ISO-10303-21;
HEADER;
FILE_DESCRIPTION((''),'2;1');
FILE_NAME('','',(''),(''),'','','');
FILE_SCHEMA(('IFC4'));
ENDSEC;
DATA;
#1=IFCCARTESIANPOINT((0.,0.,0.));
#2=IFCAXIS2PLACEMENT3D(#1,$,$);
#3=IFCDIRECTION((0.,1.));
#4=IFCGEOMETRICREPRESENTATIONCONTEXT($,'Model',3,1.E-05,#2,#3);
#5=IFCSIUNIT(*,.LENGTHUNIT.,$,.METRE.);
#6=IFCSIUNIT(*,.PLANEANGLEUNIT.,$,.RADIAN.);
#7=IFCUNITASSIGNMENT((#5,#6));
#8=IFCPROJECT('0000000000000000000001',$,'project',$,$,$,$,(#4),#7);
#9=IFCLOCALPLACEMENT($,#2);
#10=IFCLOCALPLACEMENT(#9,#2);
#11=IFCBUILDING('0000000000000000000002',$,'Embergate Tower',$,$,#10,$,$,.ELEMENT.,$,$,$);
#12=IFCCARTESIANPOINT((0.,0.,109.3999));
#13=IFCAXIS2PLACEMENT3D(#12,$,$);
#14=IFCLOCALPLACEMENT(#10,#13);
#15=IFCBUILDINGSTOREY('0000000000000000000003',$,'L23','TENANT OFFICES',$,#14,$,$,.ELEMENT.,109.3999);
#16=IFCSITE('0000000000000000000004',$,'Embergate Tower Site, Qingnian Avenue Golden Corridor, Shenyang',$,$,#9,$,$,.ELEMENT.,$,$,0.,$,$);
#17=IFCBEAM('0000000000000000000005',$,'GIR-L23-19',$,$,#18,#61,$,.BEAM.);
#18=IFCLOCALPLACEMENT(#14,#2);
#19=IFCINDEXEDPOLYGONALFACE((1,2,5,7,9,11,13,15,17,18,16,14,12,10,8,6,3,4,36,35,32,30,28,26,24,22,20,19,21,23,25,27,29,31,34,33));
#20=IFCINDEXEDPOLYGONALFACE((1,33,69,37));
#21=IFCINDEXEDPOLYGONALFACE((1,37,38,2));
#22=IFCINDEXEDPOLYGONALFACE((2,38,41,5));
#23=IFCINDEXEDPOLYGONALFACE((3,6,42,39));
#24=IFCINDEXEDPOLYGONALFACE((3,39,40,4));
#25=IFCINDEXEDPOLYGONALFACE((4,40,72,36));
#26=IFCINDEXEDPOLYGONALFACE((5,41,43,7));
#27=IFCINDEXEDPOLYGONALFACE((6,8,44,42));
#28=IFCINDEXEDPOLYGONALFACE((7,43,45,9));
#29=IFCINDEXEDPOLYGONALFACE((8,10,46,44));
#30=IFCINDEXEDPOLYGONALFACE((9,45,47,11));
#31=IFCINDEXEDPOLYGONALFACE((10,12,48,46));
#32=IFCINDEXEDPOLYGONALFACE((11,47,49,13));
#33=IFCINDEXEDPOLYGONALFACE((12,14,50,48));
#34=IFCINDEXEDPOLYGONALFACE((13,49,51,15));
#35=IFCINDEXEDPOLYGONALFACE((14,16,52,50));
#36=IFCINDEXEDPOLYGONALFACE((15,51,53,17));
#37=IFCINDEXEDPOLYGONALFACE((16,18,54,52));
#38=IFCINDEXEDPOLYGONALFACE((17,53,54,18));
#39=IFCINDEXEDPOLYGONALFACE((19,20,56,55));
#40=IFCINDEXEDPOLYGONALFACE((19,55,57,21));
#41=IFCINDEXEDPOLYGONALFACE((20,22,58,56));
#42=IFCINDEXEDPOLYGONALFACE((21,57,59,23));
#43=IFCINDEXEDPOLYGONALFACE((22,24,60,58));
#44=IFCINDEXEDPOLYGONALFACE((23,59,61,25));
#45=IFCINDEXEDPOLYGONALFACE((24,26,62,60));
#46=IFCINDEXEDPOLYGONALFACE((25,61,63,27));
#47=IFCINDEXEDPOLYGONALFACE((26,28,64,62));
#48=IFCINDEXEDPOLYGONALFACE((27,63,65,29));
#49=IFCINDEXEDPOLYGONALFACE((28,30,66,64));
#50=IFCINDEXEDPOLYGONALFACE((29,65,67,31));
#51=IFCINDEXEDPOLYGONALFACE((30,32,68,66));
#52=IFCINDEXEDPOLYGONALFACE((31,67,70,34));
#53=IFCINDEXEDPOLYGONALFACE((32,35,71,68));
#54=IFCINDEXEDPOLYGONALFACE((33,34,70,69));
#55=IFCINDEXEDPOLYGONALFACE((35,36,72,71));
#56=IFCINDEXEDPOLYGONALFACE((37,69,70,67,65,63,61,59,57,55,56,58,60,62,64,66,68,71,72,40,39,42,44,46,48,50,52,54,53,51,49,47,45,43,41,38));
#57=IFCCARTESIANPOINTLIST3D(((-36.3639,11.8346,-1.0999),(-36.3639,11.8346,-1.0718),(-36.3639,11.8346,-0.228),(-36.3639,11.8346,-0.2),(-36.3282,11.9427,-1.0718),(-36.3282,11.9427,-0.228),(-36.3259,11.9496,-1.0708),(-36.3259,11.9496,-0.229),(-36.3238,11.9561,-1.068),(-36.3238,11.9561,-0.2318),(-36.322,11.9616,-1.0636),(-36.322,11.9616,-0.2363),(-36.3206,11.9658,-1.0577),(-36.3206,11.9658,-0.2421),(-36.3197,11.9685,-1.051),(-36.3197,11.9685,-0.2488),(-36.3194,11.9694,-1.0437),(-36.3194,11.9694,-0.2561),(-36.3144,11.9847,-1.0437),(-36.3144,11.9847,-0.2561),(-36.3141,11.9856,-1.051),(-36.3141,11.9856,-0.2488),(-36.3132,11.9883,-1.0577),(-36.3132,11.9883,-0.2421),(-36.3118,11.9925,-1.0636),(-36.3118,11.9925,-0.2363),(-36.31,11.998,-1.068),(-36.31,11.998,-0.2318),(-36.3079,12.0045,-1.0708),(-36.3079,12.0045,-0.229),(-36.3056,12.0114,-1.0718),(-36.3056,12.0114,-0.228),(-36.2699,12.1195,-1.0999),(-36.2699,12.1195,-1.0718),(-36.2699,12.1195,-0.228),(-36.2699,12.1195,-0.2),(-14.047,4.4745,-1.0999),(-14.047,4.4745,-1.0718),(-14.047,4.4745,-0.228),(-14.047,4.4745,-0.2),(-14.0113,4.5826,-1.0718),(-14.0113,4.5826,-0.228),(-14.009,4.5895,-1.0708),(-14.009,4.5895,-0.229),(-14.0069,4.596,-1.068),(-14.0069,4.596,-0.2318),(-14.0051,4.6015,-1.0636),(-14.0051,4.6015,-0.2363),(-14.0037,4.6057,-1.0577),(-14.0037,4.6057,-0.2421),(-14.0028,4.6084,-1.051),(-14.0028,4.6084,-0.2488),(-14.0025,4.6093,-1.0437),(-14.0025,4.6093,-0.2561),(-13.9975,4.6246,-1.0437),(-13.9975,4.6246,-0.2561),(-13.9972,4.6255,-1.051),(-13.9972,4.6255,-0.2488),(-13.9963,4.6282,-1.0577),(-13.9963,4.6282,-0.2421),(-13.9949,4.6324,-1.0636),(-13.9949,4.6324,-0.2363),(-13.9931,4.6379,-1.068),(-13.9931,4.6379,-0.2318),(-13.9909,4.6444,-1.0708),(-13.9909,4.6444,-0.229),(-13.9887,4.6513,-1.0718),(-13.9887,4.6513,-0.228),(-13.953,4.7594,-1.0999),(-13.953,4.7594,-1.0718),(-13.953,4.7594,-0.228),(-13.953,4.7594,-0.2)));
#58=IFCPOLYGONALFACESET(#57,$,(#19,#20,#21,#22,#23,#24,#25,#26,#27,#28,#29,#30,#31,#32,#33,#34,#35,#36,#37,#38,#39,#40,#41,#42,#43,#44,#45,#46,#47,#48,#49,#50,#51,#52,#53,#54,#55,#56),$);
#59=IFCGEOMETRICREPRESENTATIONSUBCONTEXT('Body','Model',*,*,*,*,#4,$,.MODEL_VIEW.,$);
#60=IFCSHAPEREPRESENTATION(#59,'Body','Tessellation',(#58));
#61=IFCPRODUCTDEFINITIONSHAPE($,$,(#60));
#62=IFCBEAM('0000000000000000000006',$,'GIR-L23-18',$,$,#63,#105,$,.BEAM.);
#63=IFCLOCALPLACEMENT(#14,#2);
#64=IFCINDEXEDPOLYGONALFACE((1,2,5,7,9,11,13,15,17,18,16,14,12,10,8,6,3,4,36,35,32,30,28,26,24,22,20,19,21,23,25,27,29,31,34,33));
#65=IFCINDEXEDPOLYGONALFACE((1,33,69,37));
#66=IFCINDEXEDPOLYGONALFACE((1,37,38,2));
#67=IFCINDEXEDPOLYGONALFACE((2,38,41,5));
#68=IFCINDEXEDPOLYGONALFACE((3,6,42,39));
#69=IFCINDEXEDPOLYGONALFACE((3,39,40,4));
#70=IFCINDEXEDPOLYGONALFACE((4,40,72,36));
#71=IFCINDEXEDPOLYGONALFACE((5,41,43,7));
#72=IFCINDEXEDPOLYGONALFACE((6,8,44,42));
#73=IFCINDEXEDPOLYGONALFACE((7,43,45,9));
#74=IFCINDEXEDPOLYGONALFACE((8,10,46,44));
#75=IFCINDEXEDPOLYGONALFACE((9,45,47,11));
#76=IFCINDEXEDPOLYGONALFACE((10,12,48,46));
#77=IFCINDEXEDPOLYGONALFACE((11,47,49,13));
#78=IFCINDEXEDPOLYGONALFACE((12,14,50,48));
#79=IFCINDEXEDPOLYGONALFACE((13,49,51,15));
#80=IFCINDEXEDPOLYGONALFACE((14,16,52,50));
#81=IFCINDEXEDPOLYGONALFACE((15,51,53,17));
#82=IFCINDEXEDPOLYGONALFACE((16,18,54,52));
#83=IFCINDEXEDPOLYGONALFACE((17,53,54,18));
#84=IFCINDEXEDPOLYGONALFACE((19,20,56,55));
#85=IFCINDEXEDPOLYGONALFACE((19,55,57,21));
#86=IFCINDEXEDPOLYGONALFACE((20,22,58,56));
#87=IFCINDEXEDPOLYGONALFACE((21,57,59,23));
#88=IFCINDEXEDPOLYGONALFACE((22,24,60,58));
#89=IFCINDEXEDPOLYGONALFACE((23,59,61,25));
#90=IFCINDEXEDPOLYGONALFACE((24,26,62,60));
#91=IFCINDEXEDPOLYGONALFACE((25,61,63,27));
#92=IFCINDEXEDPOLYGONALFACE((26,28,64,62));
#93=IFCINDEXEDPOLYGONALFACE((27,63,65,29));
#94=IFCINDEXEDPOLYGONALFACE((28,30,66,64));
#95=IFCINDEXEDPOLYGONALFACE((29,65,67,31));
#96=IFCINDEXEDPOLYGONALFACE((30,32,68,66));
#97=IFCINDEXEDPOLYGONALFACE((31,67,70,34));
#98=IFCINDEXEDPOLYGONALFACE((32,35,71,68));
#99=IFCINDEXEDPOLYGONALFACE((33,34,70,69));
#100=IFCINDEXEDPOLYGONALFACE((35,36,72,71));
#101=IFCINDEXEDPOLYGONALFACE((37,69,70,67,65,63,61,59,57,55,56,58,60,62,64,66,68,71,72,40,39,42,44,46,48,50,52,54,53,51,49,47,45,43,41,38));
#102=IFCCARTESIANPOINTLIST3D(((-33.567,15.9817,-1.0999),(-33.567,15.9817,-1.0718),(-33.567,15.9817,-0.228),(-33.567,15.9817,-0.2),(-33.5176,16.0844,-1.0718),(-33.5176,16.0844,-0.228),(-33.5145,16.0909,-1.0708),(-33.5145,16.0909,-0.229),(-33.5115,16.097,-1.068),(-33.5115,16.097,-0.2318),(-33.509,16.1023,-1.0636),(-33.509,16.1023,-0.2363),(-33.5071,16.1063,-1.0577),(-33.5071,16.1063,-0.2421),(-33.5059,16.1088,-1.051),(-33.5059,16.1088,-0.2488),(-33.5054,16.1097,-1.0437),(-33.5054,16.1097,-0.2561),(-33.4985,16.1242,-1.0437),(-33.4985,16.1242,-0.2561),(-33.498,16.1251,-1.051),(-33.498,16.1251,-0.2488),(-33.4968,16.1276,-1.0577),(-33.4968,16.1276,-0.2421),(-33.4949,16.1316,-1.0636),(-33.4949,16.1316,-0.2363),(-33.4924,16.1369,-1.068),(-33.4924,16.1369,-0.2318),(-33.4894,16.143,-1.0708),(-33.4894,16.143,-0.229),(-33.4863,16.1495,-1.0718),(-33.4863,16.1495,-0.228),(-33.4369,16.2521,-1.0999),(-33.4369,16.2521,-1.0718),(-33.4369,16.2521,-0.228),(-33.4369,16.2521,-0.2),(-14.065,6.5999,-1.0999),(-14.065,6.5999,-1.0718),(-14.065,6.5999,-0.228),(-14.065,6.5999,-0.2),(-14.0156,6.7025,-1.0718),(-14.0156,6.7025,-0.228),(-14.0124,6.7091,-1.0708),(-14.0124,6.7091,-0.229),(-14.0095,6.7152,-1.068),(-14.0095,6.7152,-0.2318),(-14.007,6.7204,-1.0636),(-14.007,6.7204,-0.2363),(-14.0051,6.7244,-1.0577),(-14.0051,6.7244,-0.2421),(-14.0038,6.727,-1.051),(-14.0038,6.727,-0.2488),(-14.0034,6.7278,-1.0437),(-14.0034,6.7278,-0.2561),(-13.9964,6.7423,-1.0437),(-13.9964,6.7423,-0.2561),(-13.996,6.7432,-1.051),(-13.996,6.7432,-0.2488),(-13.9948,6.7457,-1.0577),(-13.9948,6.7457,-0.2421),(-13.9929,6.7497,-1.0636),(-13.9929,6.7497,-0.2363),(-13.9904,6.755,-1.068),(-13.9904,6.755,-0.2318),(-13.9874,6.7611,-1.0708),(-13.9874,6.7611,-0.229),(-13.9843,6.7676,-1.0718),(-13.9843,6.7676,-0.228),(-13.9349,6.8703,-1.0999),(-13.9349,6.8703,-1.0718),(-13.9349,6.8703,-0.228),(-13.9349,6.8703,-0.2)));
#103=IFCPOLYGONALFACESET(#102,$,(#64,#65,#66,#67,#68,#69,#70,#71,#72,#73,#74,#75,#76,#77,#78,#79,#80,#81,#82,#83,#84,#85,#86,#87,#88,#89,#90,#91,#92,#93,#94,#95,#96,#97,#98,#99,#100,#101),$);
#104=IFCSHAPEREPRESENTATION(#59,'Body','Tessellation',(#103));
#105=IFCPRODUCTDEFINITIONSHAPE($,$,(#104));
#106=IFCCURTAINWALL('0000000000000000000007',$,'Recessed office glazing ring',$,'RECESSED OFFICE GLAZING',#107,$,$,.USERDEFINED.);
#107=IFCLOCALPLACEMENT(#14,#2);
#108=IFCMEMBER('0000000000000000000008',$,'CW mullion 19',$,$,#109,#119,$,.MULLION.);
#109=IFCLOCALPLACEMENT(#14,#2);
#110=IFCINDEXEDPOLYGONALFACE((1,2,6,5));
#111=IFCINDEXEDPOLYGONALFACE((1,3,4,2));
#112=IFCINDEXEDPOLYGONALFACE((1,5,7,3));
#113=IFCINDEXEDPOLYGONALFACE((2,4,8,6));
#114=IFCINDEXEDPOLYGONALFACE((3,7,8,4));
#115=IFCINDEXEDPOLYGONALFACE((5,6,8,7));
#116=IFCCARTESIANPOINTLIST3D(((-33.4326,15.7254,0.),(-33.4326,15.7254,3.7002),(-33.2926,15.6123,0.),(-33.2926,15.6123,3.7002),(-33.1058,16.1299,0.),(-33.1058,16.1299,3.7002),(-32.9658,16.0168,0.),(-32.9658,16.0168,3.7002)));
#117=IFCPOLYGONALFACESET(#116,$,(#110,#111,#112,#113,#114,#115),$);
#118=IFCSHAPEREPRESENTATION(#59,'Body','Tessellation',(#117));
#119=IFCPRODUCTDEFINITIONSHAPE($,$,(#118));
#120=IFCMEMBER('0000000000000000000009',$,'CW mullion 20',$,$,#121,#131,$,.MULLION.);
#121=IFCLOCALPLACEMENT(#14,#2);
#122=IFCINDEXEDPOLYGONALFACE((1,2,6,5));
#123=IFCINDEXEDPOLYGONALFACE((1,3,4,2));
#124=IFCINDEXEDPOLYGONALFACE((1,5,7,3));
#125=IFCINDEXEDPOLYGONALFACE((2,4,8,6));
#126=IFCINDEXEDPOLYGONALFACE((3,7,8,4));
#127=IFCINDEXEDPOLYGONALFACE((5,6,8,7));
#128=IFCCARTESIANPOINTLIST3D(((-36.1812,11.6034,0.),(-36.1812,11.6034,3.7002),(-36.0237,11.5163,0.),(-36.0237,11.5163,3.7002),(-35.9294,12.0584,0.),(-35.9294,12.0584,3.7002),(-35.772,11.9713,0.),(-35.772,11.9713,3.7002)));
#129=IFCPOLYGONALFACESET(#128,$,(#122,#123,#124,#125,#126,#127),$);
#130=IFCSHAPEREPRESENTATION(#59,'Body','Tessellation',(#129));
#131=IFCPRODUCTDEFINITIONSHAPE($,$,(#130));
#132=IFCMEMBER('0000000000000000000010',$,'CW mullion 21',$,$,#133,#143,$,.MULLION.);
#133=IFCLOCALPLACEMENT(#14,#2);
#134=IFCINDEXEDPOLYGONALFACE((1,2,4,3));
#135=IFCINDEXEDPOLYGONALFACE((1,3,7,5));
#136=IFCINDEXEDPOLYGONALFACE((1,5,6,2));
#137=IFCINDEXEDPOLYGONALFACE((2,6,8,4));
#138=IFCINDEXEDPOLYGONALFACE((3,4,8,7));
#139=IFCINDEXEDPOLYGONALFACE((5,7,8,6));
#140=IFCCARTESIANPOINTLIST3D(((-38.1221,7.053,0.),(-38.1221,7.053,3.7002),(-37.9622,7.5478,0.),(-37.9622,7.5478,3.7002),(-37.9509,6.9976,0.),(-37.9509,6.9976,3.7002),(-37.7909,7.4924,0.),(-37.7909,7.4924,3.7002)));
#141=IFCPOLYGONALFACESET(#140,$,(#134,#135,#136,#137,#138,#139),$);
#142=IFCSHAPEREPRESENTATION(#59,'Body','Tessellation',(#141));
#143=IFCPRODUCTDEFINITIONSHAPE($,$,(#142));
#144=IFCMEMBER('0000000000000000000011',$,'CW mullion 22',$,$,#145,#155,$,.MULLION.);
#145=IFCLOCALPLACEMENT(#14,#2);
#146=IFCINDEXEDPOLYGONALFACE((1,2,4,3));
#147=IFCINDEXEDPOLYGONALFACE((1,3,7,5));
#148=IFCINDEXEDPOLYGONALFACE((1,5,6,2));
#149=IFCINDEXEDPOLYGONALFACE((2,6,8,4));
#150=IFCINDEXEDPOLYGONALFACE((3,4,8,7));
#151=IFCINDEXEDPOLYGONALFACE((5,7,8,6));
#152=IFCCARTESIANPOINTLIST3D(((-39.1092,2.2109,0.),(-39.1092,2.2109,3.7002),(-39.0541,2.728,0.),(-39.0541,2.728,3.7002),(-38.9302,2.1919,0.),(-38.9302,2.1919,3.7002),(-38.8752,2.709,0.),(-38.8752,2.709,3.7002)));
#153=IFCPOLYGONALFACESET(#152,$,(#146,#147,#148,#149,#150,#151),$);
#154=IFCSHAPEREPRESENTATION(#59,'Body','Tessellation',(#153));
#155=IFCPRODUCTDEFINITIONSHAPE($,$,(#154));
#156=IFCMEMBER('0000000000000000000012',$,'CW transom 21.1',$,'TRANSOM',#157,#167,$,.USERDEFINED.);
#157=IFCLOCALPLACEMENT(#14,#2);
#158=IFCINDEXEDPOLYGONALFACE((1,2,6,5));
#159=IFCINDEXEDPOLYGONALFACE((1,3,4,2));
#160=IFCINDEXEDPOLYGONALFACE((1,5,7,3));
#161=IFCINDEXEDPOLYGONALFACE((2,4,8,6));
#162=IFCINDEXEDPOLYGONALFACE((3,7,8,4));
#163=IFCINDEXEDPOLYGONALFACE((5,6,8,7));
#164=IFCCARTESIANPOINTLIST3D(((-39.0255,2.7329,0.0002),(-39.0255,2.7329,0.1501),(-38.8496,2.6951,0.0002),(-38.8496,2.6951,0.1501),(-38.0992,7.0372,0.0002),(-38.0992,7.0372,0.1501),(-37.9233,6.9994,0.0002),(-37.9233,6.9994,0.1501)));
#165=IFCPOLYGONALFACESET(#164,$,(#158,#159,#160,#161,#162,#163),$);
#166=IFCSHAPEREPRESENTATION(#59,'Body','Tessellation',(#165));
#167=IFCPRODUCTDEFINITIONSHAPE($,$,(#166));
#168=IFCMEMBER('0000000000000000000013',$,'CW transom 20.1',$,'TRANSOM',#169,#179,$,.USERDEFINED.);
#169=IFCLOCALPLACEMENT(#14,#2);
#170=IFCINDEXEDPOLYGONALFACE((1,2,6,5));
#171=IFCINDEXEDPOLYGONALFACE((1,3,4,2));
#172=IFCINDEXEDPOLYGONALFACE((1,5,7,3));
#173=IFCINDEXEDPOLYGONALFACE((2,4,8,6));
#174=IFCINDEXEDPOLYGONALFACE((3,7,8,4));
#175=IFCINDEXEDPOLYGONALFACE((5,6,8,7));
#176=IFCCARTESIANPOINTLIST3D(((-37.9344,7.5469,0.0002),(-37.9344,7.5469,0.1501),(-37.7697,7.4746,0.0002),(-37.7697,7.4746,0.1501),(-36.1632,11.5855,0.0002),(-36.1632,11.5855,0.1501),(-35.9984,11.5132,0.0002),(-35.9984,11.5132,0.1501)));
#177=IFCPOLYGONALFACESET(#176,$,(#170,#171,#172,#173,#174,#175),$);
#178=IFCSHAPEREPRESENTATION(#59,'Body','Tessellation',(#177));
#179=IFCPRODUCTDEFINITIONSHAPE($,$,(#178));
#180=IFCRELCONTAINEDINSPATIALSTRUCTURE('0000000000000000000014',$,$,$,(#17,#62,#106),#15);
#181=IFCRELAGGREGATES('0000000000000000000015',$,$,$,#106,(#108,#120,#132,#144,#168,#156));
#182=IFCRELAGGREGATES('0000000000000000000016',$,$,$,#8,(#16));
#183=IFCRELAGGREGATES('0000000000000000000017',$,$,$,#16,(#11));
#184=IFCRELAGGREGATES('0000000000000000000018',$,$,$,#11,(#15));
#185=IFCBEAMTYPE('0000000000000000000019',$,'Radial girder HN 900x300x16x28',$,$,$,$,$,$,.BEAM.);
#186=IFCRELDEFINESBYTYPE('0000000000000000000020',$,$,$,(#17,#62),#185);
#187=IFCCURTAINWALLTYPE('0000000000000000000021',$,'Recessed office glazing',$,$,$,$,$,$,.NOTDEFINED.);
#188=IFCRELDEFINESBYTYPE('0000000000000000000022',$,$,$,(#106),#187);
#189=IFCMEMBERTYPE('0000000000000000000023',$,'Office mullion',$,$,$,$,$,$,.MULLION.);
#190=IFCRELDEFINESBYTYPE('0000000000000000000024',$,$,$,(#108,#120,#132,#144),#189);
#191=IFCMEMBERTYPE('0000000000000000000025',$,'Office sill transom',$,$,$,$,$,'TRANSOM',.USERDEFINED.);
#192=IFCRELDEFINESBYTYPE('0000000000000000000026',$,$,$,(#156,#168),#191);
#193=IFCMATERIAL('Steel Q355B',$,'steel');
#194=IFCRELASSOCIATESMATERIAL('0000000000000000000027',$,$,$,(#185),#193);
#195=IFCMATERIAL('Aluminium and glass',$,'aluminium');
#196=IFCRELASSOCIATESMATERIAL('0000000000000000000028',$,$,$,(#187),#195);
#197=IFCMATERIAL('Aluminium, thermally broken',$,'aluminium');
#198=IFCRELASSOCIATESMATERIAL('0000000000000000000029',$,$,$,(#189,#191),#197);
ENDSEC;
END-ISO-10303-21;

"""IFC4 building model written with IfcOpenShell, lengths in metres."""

from ifc_helpers import new_model, si_unit, direction, frame, origin, origin_2d, place, context, subcontext, project, spatial, rectangle, i_section, extrude, source, transform, mapped, material, material_profile, profile_set, type_object, element, aggregate, save


model = new_model("IFC4")

# Units and contexts
model_context = context("Model", 3, precision=1e-05, world=origin(), true_north=direction((0.0, 1.0)))
body_context = subcontext(model_context, "Body", "Model", "MODEL_VIEW")
ifc_project = project(units=[si_unit("LENGTHUNIT", "METRE"), si_unit("PLANEANGLEUNIT", "RADIAN")], contexts=[model_context])

# Site, building, storey
site_placement = place(None, origin())
site = spatial("IfcSite", under=ifc_project, at=site_placement, Name="Embergate Tower Site, Qingnian Avenue Golden Corridor, Shenyang", CompositionType="ELEMENT", RefElevation=0.0)
building_placement = place(site_placement, origin())
building = spatial("IfcBuilding", under=site, at=building_placement, Name="Embergate Tower", CompositionType="ELEMENT")
storey_placement = place(building_placement, frame((0.0, 0.0, 109.3999)))
storey = spatial("IfcBuildingStorey", under=building, at=storey_placement, Name="L23", Description="TENANT OFFICES", CompositionType="ELEMENT", Elevation=109.3999)

# Beams
ifc_material_1 = material(Name="Steel Q355B", Category="steel")
ifc_material_profile_1 = material_profile(ifc_material_1, i_section(OverallWidth=0.3, OverallDepth=0.8999, WebThickness=0.0161, FlangeThickness=0.0281, FilletRadius=0.0281, at=origin_2d()), Name="HN 900x300x16x28")
ifc_profile_set_1 = profile_set([ifc_material_profile_1], Name="Steel Q355 grade B")
beam_type_1 = type_object("IfcBeamType", Name="Radial girder HN 900x300x16x28", PredefinedType="BEAM", material=ifc_profile_set_1)
shared_shape_1 = source(origin(), body_context, "Body", "SweptSolid", [
    extrude(i_section(OverallWidth=0.3, OverallDepth=0.8999, WebThickness=0.0161, FlangeThickness=0.0281, FilletRadius=0.0281, at=origin_2d()), origin(), (0.0, 0.0, 1.0), 23.4993),
])
beam_1_placement = place(storey_placement, frame((-36.3169, 11.9771, -0.6499), z_axis=(0.949685, -0.313206, 0.0), x_axis=(0.313206, 0.949685, 0.0)))
element("IfcBeam", 1, at=beam_1_placement, inside=storey, type_object=beam_type_1, Name="GIR-L23-19", PredefinedType="BEAM", context=body_context, shape_type="MappedRepresentation", body=[
    mapped(shared_shape_1, transform((0.0, 0.0, 0.0))),
])
shared_shape_2 = source(origin(), body_context, "Body", "SweptSolid", [
    extrude(i_section(OverallWidth=0.3, OverallDepth=0.8999, WebThickness=0.0161, FlangeThickness=0.0281, FilletRadius=0.0281, at=origin_2d()), origin(), (0.0, 0.0, 1.0), 21.6414),
])
beam_2_placement = place(storey_placement, frame((-33.502, 16.1169, -0.6499), z_axis=(0.901146, -0.433516, 0.0), x_axis=(0.433516, 0.901146, 0.0)))
element("IfcBeam", 2, at=beam_2_placement, inside=storey, type_object=beam_type_1, Name="GIR-L23-18", PredefinedType="BEAM", context=body_context, shape_type="MappedRepresentation", body=[
    mapped(shared_shape_2, transform((0.0, 0.0, 0.0))),
])

# Curtain wall, members
ifc_material_2 = material(Name="Aluminium and glass", Category="aluminium")
curtain_wall_type = type_object("IfcCurtainWallType", Name="Recessed office glazing", PredefinedType="NOTDEFINED", material=ifc_material_2)
curtain_wall_placement = place(storey_placement, origin())
curtain_wall = element("IfcCurtainWall", 3, at=curtain_wall_placement, inside=storey, type_object=curtain_wall_type, Name="Recessed office glazing ring", ObjectType="RECESSED OFFICE GLAZING", PredefinedType="USERDEFINED")
ifc_material_3 = material(Name="Aluminium, thermally broken", Category="aluminium")
ifc_material_profile_2 = material_profile(ifc_material_3, rectangle(XDim=0.1799, YDim=0.52, at=origin_2d()), Name="AL 520x180")
ifc_profile_set_2 = profile_set([ifc_material_profile_2], Name="Aluminium, thermally broken")
member_type_1 = type_object("IfcMemberType", Name="Office mullion", PredefinedType="MULLION", material=ifc_profile_set_2)
shared_shape_3 = source(origin(), body_context, "Body", "SweptSolid", [
    extrude(rectangle(XDim=0.1799, YDim=0.52, at=origin_2d()), origin(), (0.0, 0.0, 1.0), 3.7002),
])
member_1_placement = place(storey_placement, frame((-33.1992, 15.8711, 0.0), z_axis=(0.0, 0.0, 1.0), x_axis=(0.777884, -0.628408, 0.0)))
member_1 = element("IfcMember", 4, at=member_1_placement, type_object=member_type_1, Name="CW mullion 19", PredefinedType="MULLION", context=body_context, shape_type="MappedRepresentation", body=[
    mapped(shared_shape_3, transform((0.0, 0.0, 0.0))),
])
member_2_placement = place(storey_placement, frame((-35.9766, 11.7874, 0.0), z_axis=(0.0, 0.0, 1.0), x_axis=(0.87501, -0.484106, 0.0)))
member_2 = element("IfcMember", 5, at=member_2_placement, type_object=member_type_1, Name="CW mullion 20", PredefinedType="MULLION", context=body_context, shape_type="MappedRepresentation", body=[
    mapped(shared_shape_3, transform((0.0, 0.0, 0.0))),
])
member_3_placement = place(storey_placement, frame((-37.9565, 7.2727, 0.0), z_axis=(0.0, 0.0, 1.0), x_axis=(0.951502, -0.307644, 0.0)))
member_3 = element("IfcMember", 6, at=member_3_placement, type_object=member_type_1, Name="CW mullion 21", PredefinedType="MULLION", context=body_context, shape_type="MappedRepresentation", body=[
    mapped(shared_shape_3, transform((0.0, 0.0, 0.0))),
])
member_4_placement = place(storey_placement, frame((-38.9922, 2.46, 0.0), z_axis=(0.0, 0.0, 1.0), x_axis=(0.994385, -0.10582, 0.0)))
member_4 = element("IfcMember", 7, at=member_4_placement, type_object=member_type_1, Name="CW mullion 22", PredefinedType="MULLION", context=body_context, shape_type="MappedRepresentation", body=[
    mapped(shared_shape_3, transform((0.0, 0.0, 0.0))),
])
ifc_material_profile_3 = material_profile(ifc_material_3, rectangle(XDim=0.1799, YDim=0.1499, at=origin_2d()), Name="AL 150x180")
ifc_profile_set_3 = profile_set([ifc_material_profile_3], Name="Aluminium, thermally broken")
member_type_2 = type_object("IfcMemberType", Name="Office sill transom", ElementType="TRANSOM", PredefinedType="USERDEFINED", material=ifc_profile_set_3)
shared_shape_4 = source(origin(), body_context, "Body", "SweptSolid", [
    extrude(rectangle(XDim=0.1799, YDim=0.1499, at=origin_2d()), origin(), (0.0, 0.0, 1.0), 4.4028),
])
member_5_placement = place(storey_placement, frame((-38.0112, 7.0183, 0.0752), z_axis=(-0.210385, -0.977619, 0.0), x_axis=(0.977619, -0.210385, 0.0)))
member_5 = element("IfcMember", 8, at=member_5_placement, type_object=member_type_2, Name="CW transom 21.1", ObjectType="TRANSOM", PredefinedType="USERDEFINED", context=body_context, shape_type="MappedRepresentation", body=[
    mapped(shared_shape_4, transform((0.0, 0.0, 0.0))),
])
shared_shape_5 = source(origin(), body_context, "Body", "SweptSolid", [
    extrude(rectangle(XDim=0.1799, YDim=0.1499, at=origin_2d()), origin(), (0.0, 0.0, 1.0), 4.4099),
])
member_6_placement = place(storey_placement, frame((-36.0808, 11.5493, 0.0752), z_axis=(-0.401649, -0.915794, 0.0), x_axis=(0.915794, -0.401649, 0.0)))
member_6 = element("IfcMember", 9, at=member_6_placement, type_object=member_type_2, Name="CW transom 20.1", ObjectType="TRANSOM", PredefinedType="USERDEFINED", context=body_context, shape_type="MappedRepresentation", body=[
    mapped(shared_shape_5, transform((0.0, 0.0, 0.0))),
])
aggregate(curtain_wall, [member_1, member_2, member_3, member_4, member_6, member_5])

save(model, "model.ifc")
